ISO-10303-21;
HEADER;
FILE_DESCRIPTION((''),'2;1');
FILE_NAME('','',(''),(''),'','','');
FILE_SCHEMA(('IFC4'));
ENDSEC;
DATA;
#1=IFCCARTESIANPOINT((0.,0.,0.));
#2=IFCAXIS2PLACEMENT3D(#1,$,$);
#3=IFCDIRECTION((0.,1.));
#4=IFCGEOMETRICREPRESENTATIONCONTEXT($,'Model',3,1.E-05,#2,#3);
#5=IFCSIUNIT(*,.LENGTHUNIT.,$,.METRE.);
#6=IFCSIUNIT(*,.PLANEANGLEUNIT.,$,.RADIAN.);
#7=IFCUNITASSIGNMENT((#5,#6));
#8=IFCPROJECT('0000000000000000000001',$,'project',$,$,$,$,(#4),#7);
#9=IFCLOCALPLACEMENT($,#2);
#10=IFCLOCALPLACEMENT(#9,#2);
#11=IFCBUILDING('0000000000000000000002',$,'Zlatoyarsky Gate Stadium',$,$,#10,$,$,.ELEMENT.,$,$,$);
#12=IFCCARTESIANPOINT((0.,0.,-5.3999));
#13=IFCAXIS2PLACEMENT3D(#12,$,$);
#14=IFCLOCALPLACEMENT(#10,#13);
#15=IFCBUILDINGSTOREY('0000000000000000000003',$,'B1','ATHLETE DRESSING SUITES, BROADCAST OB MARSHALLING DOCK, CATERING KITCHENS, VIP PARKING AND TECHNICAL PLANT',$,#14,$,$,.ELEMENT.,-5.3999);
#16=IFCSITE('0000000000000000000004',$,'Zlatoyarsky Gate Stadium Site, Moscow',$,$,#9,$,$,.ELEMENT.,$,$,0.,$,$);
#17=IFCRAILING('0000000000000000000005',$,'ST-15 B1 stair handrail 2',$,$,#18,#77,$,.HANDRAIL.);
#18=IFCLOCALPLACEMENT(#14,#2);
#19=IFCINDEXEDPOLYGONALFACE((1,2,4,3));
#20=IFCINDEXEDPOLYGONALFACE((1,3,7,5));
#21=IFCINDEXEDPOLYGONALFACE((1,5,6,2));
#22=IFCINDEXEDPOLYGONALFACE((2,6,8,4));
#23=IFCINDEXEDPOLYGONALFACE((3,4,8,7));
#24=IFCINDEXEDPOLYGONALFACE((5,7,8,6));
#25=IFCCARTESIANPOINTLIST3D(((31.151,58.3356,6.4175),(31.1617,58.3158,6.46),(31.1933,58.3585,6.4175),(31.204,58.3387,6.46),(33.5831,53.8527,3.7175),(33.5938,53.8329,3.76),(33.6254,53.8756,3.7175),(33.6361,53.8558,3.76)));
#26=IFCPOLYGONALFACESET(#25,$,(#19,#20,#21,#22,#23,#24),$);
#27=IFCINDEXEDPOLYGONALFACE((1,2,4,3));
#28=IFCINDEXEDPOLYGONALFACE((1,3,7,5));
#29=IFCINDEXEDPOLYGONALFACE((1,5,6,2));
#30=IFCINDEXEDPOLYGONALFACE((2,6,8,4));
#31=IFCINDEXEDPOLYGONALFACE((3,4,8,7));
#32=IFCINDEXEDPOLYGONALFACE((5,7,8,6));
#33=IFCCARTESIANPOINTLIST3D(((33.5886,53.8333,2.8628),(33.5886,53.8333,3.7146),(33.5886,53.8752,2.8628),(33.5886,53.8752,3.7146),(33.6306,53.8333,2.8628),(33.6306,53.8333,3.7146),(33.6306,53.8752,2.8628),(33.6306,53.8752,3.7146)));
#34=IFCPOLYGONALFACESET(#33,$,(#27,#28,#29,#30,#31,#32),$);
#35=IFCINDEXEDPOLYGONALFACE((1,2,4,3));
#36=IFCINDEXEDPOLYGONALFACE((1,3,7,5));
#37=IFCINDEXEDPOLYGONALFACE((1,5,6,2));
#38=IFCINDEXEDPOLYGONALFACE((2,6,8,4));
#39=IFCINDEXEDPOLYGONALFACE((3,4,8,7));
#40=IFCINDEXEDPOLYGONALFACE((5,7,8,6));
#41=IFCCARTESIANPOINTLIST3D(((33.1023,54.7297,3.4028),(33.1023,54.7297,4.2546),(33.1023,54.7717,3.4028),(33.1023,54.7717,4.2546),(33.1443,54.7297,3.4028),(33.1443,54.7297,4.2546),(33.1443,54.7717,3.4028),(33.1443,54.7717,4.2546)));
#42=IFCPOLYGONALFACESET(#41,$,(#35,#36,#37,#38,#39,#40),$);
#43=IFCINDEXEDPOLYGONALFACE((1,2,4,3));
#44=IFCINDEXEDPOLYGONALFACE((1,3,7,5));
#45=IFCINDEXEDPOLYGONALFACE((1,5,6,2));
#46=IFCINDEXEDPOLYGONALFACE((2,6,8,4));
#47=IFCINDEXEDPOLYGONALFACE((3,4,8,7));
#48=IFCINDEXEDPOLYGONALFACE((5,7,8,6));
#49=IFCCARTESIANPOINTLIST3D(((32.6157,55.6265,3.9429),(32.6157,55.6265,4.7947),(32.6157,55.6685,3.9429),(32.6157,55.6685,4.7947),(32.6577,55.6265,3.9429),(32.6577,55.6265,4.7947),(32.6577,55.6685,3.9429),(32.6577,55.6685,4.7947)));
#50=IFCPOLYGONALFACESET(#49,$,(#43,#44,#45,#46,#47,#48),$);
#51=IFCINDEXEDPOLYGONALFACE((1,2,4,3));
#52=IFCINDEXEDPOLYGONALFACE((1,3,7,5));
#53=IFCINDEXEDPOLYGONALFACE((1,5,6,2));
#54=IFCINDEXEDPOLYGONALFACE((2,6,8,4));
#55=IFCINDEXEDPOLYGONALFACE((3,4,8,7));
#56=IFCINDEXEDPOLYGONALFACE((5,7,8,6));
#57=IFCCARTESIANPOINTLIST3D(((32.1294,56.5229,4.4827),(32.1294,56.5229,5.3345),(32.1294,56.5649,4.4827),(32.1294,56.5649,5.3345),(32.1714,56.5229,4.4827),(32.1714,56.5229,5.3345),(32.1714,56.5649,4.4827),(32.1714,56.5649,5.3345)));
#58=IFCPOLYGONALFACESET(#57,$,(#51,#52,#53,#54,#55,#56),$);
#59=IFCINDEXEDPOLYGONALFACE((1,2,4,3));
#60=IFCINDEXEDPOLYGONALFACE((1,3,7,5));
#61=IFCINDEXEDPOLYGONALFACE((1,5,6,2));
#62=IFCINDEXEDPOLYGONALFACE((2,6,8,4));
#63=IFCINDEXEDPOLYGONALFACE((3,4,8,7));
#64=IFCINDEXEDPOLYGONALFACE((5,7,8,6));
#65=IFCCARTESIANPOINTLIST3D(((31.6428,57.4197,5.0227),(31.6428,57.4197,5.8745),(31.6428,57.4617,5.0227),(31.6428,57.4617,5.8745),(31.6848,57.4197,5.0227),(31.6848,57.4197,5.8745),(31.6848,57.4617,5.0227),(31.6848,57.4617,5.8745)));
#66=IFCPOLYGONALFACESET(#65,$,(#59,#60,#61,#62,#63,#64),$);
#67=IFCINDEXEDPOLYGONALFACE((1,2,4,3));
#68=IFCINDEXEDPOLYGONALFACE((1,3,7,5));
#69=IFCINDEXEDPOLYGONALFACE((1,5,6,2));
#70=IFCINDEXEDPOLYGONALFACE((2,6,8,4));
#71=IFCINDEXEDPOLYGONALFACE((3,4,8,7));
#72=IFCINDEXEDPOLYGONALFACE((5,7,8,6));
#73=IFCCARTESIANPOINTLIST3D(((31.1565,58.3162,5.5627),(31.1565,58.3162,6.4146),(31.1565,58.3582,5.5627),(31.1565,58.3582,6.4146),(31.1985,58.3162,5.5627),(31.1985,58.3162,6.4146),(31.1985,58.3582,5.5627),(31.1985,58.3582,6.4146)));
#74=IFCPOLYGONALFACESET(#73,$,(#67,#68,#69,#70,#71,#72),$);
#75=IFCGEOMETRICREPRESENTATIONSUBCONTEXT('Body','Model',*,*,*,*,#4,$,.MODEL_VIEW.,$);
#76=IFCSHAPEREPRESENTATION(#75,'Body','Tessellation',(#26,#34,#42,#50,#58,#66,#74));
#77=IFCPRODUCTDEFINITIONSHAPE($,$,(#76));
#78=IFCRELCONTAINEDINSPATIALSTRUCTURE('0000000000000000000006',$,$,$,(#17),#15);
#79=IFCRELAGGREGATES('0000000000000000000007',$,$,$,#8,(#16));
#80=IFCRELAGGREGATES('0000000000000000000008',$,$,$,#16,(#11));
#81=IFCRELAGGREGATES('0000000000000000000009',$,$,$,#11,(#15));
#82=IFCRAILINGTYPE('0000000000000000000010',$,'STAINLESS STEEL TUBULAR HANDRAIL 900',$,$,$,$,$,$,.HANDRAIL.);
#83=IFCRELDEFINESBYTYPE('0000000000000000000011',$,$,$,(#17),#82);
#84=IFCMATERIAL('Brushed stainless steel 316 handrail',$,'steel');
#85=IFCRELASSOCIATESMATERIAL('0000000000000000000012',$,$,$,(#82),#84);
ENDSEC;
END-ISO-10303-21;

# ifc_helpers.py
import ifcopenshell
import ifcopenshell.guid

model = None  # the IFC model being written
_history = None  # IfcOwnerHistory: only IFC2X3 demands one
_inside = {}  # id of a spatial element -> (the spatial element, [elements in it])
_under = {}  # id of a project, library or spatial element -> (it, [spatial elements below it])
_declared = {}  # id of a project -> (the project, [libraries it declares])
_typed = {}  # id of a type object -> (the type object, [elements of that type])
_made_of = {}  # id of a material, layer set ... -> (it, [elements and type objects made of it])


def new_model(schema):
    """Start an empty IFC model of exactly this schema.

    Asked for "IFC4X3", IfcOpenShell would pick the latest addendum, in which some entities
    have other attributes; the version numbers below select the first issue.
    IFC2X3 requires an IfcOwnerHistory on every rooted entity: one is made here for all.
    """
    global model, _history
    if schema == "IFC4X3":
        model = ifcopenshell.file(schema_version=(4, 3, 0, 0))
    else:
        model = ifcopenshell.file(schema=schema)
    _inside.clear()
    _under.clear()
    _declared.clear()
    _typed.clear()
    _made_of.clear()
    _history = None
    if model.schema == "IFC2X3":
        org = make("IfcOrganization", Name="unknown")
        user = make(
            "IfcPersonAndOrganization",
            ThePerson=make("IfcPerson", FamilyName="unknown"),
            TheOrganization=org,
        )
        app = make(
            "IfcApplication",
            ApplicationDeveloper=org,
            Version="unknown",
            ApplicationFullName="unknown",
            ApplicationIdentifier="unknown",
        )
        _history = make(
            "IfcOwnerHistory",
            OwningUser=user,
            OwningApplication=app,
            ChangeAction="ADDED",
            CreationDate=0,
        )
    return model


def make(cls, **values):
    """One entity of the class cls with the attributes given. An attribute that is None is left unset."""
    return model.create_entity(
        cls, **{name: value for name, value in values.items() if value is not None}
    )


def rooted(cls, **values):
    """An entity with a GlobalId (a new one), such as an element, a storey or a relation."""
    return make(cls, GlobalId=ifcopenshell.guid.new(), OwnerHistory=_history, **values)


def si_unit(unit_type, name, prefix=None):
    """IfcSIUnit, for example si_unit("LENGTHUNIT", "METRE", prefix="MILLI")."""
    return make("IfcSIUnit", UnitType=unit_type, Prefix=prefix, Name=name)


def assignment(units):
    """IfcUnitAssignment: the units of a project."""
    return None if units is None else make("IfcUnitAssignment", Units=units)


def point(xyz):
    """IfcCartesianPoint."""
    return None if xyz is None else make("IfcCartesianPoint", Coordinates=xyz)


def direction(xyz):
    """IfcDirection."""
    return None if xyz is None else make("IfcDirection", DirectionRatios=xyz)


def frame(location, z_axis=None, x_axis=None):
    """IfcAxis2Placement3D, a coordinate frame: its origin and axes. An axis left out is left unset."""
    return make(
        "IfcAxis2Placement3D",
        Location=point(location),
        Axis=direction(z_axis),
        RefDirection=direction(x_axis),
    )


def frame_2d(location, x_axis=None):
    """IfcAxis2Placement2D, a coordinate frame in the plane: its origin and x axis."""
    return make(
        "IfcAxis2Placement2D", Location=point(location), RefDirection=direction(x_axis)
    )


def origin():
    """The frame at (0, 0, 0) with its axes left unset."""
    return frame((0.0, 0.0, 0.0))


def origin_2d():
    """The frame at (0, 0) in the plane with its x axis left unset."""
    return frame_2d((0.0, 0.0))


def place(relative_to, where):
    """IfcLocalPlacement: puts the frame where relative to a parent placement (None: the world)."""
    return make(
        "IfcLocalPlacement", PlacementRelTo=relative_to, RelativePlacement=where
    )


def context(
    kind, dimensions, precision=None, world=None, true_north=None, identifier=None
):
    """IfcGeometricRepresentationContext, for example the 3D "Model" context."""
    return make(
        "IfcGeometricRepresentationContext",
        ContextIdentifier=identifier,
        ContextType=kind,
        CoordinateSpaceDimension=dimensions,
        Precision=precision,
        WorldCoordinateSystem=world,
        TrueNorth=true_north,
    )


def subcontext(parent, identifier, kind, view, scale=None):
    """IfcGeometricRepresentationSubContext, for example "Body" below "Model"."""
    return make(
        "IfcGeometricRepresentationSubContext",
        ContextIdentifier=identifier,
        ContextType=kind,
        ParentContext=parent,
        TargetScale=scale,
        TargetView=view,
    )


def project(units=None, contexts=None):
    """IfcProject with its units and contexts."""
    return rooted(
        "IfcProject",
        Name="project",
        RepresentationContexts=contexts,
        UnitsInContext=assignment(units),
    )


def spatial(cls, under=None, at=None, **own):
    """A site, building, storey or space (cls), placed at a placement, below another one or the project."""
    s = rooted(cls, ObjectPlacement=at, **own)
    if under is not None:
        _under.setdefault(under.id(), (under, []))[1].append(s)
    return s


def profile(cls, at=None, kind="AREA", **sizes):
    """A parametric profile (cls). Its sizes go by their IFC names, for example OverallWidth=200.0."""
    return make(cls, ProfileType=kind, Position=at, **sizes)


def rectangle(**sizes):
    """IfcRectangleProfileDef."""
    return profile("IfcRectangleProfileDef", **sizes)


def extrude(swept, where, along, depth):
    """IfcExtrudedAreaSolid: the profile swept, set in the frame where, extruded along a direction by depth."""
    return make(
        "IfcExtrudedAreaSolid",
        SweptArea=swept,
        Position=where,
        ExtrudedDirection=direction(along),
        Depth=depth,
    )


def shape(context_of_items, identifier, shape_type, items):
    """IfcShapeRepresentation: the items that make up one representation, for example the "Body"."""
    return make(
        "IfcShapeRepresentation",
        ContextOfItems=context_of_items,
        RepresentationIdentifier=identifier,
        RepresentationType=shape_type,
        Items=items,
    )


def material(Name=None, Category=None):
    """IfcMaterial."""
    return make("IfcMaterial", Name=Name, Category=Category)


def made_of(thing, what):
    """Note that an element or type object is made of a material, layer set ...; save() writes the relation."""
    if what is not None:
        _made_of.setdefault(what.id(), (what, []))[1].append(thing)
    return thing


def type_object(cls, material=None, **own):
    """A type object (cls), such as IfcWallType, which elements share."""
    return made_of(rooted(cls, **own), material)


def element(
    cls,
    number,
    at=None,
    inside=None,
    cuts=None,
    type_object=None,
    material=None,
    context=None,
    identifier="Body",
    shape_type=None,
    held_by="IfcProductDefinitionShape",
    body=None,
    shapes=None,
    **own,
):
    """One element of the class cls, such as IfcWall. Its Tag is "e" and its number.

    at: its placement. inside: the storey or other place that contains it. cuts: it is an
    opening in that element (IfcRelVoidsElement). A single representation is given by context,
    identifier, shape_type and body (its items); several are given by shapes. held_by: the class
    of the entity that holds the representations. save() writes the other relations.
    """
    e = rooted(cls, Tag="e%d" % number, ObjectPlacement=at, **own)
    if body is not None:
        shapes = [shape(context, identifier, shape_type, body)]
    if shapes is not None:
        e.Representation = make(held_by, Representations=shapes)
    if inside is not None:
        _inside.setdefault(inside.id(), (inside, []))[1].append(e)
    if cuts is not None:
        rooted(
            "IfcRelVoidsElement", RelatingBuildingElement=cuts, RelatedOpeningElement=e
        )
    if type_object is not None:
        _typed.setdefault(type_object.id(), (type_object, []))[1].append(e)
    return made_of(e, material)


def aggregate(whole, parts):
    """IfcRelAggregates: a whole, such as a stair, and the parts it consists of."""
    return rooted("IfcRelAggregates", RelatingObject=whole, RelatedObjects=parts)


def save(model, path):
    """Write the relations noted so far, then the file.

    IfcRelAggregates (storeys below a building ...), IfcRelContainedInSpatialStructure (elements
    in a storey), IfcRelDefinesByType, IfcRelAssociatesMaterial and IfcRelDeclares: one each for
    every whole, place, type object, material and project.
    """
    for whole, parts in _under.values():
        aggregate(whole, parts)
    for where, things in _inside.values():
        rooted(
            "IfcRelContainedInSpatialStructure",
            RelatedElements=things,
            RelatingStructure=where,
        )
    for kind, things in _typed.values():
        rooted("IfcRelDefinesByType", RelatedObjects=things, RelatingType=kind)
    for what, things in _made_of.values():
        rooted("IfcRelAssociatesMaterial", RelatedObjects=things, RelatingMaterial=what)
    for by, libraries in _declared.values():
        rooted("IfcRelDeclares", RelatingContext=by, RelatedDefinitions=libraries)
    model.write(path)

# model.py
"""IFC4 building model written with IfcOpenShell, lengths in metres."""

from ifc_helpers import new_model, si_unit, direction, frame, origin, origin_2d, place, context, subcontext, project, spatial, rectangle, extrude, material, type_object, element, save


model = new_model("IFC4")

# Units and contexts
model_context = context("Model", 3, precision=1e-05, world=origin(), true_north=direction((0.0, 1.0)))
body_context = subcontext(model_context, "Body", "Model", "MODEL_VIEW")
ifc_project = project(units=[si_unit("LENGTHUNIT", "METRE"), si_unit("PLANEANGLEUNIT", "RADIAN")], contexts=[model_context])

# Site, building, storey
site_placement = place(None, origin())
site = spatial("IfcSite", under=ifc_project, at=site_placement, Name="Zlatoyarsky Gate Stadium Site, Moscow", CompositionType="ELEMENT", RefElevation=0.0)
building_placement = place(site_placement, origin())
building = spatial("IfcBuilding", under=site, at=building_placement, Name="Zlatoyarsky Gate Stadium", CompositionType="ELEMENT")
storey_placement = place(building_placement, frame((0.0, 0.0, -5.3999)))
storey = spatial("IfcBuildingStorey", under=building, at=storey_placement, Name="B1", Description="ATHLETE DRESSING SUITES, BROADCAST OB MARSHALLING DOCK, CATERING KITCHENS, VIP PARKING AND TECHNICAL PLANT", CompositionType="ELEMENT", Elevation=-5.3999)

# Railing
ifc_material_1 = material(Name="Brushed stainless steel 316 handrail", Category="steel")
railing_type_1 = type_object("IfcRailingType", Name="STAINLESS STEEL TUBULAR HANDRAIL 900", PredefinedType="HANDRAIL", material=ifc_material_1)
railing_1_placement = place(storey_placement, frame((33.6096, 53.8542, 2.8628)))
element("IfcRailing", 1, at=railing_1_placement, inside=storey, type_object=railing_type_1, Name="ST-15 B1 stair handrail 2", PredefinedType="HANDRAIL", context=body_context, shape_type="SweptSolid", body=[
    extrude(rectangle(XDim=0.0481, YDim=0.0481, at=origin_2d()), frame((0.0, 0.0, 0.876), z_axis=(-0.421459, 0.776834, 0.467869), x_axis=(-0.878973, -0.476872, 0.0)), (0.0, 0.0, 1.0), 5.7708),
    extrude(rectangle(XDim=0.042, YDim=0.042, at=origin_2d()), origin(), (0.0, 0.0, 1.0), 0.8518),
    extrude(rectangle(XDim=0.042, YDim=0.042, at=origin_2d()), frame((-0.4863, 0.8965, 0.54)), (0.0, 0.0, 1.0), 0.8518),
    extrude(rectangle(XDim=0.042, YDim=0.042, at=origin_2d()), frame((-0.9729, 1.7932, 1.0801)), (0.0, 0.0, 1.0), 0.8518),
    extrude(rectangle(XDim=0.042, YDim=0.042, at=origin_2d()), frame((-1.4592, 2.6897, 1.6199)), (0.0, 0.0, 1.0), 0.8518),
    extrude(rectangle(XDim=0.042, YDim=0.042, at=origin_2d()), frame((-1.9458, 3.5864, 2.1599)), (0.0, 0.0, 1.0), 0.8518),
    extrude(rectangle(XDim=0.042, YDim=0.042, at=origin_2d()), frame((-2.4321, 4.4829, 2.7)), (0.0, 0.0, 1.0), 0.8518),
])

save(model, "model.ifc")
